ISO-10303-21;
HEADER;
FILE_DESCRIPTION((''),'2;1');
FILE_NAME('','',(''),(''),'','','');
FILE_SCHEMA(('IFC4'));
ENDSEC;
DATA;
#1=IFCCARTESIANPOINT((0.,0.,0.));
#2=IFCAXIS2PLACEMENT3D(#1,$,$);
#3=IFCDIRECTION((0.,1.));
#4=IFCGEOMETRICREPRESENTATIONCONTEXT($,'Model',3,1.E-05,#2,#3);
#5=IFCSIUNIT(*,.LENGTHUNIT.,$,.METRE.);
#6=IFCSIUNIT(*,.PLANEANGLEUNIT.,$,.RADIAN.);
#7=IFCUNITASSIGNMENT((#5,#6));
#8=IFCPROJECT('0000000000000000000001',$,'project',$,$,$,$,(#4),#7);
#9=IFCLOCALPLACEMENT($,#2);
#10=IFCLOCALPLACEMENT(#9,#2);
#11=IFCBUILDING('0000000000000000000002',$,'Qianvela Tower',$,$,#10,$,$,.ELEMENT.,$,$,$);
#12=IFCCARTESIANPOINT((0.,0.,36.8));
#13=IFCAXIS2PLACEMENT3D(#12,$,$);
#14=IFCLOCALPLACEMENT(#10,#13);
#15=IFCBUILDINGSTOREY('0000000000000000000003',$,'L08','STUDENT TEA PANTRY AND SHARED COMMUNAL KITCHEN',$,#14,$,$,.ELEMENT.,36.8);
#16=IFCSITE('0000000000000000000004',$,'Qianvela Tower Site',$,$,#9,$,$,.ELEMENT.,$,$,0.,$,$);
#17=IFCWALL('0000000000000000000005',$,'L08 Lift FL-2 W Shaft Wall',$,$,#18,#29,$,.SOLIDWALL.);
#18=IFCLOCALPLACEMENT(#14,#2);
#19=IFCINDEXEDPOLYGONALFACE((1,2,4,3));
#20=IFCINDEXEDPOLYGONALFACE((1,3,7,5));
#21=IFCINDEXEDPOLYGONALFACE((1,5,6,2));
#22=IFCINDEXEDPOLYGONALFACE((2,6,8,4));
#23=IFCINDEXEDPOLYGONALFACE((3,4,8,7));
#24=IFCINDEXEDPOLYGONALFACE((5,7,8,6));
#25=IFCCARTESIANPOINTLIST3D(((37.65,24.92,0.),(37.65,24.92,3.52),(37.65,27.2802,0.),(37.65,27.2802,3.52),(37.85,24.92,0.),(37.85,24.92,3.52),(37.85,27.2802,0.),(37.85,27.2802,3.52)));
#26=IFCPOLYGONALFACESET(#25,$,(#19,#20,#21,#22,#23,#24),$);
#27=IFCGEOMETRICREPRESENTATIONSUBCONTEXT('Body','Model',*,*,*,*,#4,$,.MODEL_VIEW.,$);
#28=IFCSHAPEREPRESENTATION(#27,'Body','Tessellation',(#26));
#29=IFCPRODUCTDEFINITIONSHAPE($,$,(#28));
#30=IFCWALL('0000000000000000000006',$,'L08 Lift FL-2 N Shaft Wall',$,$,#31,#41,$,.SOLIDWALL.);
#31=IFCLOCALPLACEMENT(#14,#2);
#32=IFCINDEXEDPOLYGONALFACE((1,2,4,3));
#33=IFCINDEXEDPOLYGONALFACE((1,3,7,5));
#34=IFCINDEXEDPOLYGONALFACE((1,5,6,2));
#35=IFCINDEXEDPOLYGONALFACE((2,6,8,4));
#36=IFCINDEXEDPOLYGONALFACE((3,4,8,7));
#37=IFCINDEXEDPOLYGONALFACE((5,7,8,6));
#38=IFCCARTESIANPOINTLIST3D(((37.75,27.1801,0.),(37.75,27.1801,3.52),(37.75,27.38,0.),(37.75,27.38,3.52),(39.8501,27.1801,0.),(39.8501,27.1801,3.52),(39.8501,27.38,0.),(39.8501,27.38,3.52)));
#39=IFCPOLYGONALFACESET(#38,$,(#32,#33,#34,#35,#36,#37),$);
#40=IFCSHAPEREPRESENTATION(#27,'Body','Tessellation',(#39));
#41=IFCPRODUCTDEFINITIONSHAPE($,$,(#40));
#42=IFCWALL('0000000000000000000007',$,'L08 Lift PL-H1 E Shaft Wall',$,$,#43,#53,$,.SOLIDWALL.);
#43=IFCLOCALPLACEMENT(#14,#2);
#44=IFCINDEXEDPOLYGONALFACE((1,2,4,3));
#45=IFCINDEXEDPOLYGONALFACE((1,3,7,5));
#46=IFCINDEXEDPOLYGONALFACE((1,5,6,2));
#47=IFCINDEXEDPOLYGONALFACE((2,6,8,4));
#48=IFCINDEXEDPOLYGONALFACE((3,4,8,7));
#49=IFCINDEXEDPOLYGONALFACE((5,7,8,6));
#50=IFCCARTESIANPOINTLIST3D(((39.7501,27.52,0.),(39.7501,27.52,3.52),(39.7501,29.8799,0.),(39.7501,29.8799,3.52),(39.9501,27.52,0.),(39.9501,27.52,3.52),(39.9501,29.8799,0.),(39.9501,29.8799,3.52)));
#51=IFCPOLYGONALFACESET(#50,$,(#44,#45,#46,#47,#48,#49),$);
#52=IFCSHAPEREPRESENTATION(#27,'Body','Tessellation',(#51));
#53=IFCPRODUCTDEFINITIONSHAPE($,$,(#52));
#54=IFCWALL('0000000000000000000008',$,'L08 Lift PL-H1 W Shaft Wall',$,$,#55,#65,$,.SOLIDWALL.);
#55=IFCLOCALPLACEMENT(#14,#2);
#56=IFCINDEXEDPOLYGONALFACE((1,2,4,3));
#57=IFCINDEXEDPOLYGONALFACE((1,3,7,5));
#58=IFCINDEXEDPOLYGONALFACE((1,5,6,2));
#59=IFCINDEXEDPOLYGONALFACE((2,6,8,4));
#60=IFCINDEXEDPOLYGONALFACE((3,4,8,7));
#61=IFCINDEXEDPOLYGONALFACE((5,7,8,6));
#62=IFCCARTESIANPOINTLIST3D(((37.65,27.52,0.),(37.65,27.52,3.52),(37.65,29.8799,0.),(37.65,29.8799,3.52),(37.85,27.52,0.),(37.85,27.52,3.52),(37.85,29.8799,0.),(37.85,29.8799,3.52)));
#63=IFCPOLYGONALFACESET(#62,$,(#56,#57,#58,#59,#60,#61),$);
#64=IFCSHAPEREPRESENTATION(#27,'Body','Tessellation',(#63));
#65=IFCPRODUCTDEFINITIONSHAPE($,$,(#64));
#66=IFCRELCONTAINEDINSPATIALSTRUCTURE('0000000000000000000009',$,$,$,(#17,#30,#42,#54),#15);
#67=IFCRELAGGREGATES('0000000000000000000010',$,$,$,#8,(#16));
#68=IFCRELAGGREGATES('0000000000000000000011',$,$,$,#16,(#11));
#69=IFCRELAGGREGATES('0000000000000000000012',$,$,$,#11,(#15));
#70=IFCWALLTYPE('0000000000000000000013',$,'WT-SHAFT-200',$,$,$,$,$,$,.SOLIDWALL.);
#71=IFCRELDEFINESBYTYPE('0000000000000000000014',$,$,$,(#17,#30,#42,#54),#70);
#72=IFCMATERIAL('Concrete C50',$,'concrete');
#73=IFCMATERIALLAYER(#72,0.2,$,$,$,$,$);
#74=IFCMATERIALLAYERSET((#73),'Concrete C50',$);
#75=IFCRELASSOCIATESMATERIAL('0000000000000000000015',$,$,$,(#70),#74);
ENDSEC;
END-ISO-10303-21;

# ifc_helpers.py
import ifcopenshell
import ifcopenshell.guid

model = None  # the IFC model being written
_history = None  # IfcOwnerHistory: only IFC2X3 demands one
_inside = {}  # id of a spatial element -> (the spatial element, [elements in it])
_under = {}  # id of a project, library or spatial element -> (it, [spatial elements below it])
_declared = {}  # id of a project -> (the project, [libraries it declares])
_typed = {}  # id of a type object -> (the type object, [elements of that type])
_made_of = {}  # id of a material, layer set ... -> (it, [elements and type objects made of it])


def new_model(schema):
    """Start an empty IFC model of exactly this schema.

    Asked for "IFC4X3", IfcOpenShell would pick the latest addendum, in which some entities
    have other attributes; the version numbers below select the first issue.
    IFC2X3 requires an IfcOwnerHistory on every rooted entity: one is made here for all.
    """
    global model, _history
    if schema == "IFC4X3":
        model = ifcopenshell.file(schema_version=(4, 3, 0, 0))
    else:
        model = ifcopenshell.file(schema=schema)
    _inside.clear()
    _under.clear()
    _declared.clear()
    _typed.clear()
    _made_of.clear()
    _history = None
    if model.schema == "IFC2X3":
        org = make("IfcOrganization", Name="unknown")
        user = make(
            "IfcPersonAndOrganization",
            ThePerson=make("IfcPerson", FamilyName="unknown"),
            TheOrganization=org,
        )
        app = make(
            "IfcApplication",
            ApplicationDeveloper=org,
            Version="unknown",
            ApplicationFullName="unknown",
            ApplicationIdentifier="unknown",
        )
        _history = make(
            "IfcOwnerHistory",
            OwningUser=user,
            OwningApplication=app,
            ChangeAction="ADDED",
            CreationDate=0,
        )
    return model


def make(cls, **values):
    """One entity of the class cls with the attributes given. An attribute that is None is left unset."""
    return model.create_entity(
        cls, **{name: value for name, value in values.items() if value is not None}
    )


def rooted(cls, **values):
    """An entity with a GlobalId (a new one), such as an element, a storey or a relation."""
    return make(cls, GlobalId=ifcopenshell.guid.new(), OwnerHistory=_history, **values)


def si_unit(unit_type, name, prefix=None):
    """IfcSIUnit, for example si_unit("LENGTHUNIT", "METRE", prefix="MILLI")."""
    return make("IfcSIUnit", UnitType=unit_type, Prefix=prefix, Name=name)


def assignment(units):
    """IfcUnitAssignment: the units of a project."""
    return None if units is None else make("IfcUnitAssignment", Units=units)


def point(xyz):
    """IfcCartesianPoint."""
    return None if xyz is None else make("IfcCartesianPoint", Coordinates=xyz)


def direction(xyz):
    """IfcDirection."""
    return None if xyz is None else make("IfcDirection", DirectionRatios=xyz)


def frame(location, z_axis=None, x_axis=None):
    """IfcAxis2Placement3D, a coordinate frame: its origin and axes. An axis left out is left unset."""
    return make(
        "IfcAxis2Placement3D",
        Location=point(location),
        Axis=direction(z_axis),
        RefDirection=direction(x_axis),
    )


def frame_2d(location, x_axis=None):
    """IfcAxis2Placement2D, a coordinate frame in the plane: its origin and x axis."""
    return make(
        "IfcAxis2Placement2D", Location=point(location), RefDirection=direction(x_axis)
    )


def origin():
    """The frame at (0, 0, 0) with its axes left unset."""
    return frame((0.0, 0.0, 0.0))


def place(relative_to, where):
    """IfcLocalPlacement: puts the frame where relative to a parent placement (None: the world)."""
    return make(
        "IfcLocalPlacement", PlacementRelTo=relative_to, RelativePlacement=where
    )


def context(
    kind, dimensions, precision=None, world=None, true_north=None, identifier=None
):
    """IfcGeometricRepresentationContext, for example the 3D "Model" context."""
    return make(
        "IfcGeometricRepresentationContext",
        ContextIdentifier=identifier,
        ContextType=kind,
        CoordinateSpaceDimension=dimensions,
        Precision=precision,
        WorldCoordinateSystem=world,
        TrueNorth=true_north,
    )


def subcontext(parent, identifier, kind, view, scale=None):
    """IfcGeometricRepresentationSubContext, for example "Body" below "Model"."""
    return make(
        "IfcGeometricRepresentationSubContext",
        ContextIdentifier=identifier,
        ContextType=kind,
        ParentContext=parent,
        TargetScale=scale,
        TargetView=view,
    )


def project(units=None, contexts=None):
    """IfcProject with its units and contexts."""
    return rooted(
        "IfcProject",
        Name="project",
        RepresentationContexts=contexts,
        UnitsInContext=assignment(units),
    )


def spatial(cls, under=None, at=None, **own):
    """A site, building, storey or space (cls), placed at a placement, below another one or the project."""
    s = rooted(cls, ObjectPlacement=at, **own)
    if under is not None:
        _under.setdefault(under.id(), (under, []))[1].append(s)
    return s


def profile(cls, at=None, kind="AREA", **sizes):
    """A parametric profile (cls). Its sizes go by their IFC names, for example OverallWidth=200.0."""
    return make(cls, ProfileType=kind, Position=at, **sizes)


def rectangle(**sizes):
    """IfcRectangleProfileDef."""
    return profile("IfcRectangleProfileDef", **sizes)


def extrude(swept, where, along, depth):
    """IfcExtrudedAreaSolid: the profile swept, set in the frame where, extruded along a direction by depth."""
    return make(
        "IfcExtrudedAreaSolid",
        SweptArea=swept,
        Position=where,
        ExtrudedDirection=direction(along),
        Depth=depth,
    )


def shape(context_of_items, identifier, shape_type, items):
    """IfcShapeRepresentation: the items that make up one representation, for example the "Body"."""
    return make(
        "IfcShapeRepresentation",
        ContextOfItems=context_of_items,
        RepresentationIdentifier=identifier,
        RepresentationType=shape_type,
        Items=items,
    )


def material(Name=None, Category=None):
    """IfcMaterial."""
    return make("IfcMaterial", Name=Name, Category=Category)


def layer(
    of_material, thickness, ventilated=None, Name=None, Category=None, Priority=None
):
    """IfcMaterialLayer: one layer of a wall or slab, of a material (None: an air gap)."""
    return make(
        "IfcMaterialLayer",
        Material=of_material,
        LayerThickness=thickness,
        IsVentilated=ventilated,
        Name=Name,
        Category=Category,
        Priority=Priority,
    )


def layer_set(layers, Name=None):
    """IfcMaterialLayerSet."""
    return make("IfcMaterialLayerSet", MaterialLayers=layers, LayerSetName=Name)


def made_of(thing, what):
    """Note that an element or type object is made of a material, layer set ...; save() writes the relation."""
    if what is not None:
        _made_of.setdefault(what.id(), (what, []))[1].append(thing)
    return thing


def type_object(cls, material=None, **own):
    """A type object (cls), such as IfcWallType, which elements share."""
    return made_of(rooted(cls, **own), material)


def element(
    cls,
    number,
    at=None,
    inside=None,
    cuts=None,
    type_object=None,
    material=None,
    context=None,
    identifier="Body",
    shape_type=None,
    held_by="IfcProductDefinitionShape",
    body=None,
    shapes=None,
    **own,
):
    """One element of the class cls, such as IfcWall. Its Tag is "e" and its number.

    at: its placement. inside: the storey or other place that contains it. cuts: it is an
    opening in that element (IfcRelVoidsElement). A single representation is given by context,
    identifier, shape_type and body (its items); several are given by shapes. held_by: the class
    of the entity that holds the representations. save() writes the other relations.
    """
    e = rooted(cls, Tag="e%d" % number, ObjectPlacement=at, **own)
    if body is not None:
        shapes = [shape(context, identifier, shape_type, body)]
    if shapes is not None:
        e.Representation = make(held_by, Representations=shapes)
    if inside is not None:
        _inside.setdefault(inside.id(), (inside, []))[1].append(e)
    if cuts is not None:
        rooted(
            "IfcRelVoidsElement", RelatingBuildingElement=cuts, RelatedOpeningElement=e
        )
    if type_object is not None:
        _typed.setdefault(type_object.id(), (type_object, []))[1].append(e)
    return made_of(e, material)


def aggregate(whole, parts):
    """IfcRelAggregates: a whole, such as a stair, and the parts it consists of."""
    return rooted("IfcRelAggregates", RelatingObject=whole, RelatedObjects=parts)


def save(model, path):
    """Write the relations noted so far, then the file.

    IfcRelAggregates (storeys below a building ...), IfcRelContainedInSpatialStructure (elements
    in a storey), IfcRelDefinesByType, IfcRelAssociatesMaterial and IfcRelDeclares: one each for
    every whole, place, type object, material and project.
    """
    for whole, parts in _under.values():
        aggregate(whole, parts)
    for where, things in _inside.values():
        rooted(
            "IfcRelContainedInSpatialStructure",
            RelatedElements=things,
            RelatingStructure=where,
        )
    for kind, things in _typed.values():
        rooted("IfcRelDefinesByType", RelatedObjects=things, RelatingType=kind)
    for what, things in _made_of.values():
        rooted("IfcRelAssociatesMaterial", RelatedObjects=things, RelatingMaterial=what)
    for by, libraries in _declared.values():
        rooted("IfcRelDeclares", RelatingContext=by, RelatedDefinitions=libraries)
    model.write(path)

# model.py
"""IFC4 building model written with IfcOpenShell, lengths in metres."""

from ifc_helpers import new_model, si_unit, direction, frame, frame_2d, origin, place, context, subcontext, project, spatial, rectangle, extrude, material, layer, layer_set, type_object, element, save


model = new_model("IFC4")

# Units and contexts
model_context = context("Model", 3, precision=1e-05, world=origin(), true_north=direction((0.0, 1.0)))
body_context = subcontext(model_context, "Body", "Model", "MODEL_VIEW")
ifc_project = project(units=[si_unit("LENGTHUNIT", "METRE"), si_unit("PLANEANGLEUNIT", "RADIAN")], contexts=[model_context])

# Site, building, storey
site_placement = place(None, origin())
site = spatial("IfcSite", under=ifc_project, at=site_placement, Name="Qianvela Tower Site", CompositionType="ELEMENT", RefElevation=0.0)
building_placement = place(site_placement, origin())
building = spatial("IfcBuilding", under=site, at=building_placement, Name="Qianvela Tower", CompositionType="ELEMENT")
storey_placement = place(building_placement, frame((0.0, 0.0, 36.8)))
storey = spatial("IfcBuildingStorey", under=building, at=storey_placement, Name="L08", Description="STUDENT TEA PANTRY AND SHARED COMMUNAL KITCHEN", CompositionType="ELEMENT", Elevation=36.8)

# Shared definitions
ifc_material_1 = material(Name="Concrete C50", Category="concrete")
ifc_layer_1 = layer(ifc_material_1, 0.2)
ifc_layer_set_1 = layer_set([ifc_layer_1], Name="Concrete C50")
wall_type_1 = type_object("IfcWallType", Name="WT-SHAFT-200", PredefinedType="SOLIDWALL", material=ifc_layer_set_1)

# Walls
wall_1_placement = place(storey_placement, frame((37.75, 24.9199, 0.0), z_axis=(0.0, 0.0, 1.0), x_axis=(0.0, 1.0, 0.0)))
element("IfcWall", 1, at=wall_1_placement, inside=storey, type_object=wall_type_1, Name="L08 Lift FL-2 W Shaft Wall", PredefinedType="SOLIDWALL", context=body_context, shape_type="SweptSolid", body=[
    extrude(rectangle(XDim=2.3601, YDim=0.2, at=frame_2d((1.1802, 0.0))), origin(), (0.0, 0.0, 1.0), 3.52),
])
wall_2_placement = place(storey_placement, frame((37.75, 27.28, 0.0), z_axis=(0.0, 0.0, 1.0), x_axis=(1.0, 0.0, 0.0)))
element("IfcWall", 2, at=wall_2_placement, inside=storey, type_object=wall_type_1, Name="L08 Lift FL-2 N Shaft Wall", PredefinedType="SOLIDWALL", context=body_context, shape_type="SweptSolid", body=[
    extrude(rectangle(XDim=2.1001, YDim=0.2, at=frame_2d((1.05, 0.0))), origin(), (0.0, 0.0, 1.0), 3.52),
])
for number, where, z_axis, x_axis, name in (
    (3, (39.8501, 27.52, 0.0), (0.0, 0.0, 1.0), (0.0, 1.0, 0.0), "L08 Lift PL-H1 E Shaft Wall"),
    (4, (37.75, 27.52, 0.0), (0.0, 0.0, 1.0), (0.0, 1.0, 0.0), "L08 Lift PL-H1 W Shaft Wall"),
):
    element("IfcWall", number, at=place(storey_placement, frame(where, z_axis=z_axis, x_axis=x_axis)), inside=storey, type_object=wall_type_1, Name=name, PredefinedType="SOLIDWALL", context=body_context, shape_type="SweptSolid", body=[
        extrude(rectangle(XDim=2.3599, YDim=0.2, at=frame_2d((1.1799, 0.0))), origin(), (0.0, 0.0, 1.0), 3.52),
    ])

save(model, "model.ifc")
